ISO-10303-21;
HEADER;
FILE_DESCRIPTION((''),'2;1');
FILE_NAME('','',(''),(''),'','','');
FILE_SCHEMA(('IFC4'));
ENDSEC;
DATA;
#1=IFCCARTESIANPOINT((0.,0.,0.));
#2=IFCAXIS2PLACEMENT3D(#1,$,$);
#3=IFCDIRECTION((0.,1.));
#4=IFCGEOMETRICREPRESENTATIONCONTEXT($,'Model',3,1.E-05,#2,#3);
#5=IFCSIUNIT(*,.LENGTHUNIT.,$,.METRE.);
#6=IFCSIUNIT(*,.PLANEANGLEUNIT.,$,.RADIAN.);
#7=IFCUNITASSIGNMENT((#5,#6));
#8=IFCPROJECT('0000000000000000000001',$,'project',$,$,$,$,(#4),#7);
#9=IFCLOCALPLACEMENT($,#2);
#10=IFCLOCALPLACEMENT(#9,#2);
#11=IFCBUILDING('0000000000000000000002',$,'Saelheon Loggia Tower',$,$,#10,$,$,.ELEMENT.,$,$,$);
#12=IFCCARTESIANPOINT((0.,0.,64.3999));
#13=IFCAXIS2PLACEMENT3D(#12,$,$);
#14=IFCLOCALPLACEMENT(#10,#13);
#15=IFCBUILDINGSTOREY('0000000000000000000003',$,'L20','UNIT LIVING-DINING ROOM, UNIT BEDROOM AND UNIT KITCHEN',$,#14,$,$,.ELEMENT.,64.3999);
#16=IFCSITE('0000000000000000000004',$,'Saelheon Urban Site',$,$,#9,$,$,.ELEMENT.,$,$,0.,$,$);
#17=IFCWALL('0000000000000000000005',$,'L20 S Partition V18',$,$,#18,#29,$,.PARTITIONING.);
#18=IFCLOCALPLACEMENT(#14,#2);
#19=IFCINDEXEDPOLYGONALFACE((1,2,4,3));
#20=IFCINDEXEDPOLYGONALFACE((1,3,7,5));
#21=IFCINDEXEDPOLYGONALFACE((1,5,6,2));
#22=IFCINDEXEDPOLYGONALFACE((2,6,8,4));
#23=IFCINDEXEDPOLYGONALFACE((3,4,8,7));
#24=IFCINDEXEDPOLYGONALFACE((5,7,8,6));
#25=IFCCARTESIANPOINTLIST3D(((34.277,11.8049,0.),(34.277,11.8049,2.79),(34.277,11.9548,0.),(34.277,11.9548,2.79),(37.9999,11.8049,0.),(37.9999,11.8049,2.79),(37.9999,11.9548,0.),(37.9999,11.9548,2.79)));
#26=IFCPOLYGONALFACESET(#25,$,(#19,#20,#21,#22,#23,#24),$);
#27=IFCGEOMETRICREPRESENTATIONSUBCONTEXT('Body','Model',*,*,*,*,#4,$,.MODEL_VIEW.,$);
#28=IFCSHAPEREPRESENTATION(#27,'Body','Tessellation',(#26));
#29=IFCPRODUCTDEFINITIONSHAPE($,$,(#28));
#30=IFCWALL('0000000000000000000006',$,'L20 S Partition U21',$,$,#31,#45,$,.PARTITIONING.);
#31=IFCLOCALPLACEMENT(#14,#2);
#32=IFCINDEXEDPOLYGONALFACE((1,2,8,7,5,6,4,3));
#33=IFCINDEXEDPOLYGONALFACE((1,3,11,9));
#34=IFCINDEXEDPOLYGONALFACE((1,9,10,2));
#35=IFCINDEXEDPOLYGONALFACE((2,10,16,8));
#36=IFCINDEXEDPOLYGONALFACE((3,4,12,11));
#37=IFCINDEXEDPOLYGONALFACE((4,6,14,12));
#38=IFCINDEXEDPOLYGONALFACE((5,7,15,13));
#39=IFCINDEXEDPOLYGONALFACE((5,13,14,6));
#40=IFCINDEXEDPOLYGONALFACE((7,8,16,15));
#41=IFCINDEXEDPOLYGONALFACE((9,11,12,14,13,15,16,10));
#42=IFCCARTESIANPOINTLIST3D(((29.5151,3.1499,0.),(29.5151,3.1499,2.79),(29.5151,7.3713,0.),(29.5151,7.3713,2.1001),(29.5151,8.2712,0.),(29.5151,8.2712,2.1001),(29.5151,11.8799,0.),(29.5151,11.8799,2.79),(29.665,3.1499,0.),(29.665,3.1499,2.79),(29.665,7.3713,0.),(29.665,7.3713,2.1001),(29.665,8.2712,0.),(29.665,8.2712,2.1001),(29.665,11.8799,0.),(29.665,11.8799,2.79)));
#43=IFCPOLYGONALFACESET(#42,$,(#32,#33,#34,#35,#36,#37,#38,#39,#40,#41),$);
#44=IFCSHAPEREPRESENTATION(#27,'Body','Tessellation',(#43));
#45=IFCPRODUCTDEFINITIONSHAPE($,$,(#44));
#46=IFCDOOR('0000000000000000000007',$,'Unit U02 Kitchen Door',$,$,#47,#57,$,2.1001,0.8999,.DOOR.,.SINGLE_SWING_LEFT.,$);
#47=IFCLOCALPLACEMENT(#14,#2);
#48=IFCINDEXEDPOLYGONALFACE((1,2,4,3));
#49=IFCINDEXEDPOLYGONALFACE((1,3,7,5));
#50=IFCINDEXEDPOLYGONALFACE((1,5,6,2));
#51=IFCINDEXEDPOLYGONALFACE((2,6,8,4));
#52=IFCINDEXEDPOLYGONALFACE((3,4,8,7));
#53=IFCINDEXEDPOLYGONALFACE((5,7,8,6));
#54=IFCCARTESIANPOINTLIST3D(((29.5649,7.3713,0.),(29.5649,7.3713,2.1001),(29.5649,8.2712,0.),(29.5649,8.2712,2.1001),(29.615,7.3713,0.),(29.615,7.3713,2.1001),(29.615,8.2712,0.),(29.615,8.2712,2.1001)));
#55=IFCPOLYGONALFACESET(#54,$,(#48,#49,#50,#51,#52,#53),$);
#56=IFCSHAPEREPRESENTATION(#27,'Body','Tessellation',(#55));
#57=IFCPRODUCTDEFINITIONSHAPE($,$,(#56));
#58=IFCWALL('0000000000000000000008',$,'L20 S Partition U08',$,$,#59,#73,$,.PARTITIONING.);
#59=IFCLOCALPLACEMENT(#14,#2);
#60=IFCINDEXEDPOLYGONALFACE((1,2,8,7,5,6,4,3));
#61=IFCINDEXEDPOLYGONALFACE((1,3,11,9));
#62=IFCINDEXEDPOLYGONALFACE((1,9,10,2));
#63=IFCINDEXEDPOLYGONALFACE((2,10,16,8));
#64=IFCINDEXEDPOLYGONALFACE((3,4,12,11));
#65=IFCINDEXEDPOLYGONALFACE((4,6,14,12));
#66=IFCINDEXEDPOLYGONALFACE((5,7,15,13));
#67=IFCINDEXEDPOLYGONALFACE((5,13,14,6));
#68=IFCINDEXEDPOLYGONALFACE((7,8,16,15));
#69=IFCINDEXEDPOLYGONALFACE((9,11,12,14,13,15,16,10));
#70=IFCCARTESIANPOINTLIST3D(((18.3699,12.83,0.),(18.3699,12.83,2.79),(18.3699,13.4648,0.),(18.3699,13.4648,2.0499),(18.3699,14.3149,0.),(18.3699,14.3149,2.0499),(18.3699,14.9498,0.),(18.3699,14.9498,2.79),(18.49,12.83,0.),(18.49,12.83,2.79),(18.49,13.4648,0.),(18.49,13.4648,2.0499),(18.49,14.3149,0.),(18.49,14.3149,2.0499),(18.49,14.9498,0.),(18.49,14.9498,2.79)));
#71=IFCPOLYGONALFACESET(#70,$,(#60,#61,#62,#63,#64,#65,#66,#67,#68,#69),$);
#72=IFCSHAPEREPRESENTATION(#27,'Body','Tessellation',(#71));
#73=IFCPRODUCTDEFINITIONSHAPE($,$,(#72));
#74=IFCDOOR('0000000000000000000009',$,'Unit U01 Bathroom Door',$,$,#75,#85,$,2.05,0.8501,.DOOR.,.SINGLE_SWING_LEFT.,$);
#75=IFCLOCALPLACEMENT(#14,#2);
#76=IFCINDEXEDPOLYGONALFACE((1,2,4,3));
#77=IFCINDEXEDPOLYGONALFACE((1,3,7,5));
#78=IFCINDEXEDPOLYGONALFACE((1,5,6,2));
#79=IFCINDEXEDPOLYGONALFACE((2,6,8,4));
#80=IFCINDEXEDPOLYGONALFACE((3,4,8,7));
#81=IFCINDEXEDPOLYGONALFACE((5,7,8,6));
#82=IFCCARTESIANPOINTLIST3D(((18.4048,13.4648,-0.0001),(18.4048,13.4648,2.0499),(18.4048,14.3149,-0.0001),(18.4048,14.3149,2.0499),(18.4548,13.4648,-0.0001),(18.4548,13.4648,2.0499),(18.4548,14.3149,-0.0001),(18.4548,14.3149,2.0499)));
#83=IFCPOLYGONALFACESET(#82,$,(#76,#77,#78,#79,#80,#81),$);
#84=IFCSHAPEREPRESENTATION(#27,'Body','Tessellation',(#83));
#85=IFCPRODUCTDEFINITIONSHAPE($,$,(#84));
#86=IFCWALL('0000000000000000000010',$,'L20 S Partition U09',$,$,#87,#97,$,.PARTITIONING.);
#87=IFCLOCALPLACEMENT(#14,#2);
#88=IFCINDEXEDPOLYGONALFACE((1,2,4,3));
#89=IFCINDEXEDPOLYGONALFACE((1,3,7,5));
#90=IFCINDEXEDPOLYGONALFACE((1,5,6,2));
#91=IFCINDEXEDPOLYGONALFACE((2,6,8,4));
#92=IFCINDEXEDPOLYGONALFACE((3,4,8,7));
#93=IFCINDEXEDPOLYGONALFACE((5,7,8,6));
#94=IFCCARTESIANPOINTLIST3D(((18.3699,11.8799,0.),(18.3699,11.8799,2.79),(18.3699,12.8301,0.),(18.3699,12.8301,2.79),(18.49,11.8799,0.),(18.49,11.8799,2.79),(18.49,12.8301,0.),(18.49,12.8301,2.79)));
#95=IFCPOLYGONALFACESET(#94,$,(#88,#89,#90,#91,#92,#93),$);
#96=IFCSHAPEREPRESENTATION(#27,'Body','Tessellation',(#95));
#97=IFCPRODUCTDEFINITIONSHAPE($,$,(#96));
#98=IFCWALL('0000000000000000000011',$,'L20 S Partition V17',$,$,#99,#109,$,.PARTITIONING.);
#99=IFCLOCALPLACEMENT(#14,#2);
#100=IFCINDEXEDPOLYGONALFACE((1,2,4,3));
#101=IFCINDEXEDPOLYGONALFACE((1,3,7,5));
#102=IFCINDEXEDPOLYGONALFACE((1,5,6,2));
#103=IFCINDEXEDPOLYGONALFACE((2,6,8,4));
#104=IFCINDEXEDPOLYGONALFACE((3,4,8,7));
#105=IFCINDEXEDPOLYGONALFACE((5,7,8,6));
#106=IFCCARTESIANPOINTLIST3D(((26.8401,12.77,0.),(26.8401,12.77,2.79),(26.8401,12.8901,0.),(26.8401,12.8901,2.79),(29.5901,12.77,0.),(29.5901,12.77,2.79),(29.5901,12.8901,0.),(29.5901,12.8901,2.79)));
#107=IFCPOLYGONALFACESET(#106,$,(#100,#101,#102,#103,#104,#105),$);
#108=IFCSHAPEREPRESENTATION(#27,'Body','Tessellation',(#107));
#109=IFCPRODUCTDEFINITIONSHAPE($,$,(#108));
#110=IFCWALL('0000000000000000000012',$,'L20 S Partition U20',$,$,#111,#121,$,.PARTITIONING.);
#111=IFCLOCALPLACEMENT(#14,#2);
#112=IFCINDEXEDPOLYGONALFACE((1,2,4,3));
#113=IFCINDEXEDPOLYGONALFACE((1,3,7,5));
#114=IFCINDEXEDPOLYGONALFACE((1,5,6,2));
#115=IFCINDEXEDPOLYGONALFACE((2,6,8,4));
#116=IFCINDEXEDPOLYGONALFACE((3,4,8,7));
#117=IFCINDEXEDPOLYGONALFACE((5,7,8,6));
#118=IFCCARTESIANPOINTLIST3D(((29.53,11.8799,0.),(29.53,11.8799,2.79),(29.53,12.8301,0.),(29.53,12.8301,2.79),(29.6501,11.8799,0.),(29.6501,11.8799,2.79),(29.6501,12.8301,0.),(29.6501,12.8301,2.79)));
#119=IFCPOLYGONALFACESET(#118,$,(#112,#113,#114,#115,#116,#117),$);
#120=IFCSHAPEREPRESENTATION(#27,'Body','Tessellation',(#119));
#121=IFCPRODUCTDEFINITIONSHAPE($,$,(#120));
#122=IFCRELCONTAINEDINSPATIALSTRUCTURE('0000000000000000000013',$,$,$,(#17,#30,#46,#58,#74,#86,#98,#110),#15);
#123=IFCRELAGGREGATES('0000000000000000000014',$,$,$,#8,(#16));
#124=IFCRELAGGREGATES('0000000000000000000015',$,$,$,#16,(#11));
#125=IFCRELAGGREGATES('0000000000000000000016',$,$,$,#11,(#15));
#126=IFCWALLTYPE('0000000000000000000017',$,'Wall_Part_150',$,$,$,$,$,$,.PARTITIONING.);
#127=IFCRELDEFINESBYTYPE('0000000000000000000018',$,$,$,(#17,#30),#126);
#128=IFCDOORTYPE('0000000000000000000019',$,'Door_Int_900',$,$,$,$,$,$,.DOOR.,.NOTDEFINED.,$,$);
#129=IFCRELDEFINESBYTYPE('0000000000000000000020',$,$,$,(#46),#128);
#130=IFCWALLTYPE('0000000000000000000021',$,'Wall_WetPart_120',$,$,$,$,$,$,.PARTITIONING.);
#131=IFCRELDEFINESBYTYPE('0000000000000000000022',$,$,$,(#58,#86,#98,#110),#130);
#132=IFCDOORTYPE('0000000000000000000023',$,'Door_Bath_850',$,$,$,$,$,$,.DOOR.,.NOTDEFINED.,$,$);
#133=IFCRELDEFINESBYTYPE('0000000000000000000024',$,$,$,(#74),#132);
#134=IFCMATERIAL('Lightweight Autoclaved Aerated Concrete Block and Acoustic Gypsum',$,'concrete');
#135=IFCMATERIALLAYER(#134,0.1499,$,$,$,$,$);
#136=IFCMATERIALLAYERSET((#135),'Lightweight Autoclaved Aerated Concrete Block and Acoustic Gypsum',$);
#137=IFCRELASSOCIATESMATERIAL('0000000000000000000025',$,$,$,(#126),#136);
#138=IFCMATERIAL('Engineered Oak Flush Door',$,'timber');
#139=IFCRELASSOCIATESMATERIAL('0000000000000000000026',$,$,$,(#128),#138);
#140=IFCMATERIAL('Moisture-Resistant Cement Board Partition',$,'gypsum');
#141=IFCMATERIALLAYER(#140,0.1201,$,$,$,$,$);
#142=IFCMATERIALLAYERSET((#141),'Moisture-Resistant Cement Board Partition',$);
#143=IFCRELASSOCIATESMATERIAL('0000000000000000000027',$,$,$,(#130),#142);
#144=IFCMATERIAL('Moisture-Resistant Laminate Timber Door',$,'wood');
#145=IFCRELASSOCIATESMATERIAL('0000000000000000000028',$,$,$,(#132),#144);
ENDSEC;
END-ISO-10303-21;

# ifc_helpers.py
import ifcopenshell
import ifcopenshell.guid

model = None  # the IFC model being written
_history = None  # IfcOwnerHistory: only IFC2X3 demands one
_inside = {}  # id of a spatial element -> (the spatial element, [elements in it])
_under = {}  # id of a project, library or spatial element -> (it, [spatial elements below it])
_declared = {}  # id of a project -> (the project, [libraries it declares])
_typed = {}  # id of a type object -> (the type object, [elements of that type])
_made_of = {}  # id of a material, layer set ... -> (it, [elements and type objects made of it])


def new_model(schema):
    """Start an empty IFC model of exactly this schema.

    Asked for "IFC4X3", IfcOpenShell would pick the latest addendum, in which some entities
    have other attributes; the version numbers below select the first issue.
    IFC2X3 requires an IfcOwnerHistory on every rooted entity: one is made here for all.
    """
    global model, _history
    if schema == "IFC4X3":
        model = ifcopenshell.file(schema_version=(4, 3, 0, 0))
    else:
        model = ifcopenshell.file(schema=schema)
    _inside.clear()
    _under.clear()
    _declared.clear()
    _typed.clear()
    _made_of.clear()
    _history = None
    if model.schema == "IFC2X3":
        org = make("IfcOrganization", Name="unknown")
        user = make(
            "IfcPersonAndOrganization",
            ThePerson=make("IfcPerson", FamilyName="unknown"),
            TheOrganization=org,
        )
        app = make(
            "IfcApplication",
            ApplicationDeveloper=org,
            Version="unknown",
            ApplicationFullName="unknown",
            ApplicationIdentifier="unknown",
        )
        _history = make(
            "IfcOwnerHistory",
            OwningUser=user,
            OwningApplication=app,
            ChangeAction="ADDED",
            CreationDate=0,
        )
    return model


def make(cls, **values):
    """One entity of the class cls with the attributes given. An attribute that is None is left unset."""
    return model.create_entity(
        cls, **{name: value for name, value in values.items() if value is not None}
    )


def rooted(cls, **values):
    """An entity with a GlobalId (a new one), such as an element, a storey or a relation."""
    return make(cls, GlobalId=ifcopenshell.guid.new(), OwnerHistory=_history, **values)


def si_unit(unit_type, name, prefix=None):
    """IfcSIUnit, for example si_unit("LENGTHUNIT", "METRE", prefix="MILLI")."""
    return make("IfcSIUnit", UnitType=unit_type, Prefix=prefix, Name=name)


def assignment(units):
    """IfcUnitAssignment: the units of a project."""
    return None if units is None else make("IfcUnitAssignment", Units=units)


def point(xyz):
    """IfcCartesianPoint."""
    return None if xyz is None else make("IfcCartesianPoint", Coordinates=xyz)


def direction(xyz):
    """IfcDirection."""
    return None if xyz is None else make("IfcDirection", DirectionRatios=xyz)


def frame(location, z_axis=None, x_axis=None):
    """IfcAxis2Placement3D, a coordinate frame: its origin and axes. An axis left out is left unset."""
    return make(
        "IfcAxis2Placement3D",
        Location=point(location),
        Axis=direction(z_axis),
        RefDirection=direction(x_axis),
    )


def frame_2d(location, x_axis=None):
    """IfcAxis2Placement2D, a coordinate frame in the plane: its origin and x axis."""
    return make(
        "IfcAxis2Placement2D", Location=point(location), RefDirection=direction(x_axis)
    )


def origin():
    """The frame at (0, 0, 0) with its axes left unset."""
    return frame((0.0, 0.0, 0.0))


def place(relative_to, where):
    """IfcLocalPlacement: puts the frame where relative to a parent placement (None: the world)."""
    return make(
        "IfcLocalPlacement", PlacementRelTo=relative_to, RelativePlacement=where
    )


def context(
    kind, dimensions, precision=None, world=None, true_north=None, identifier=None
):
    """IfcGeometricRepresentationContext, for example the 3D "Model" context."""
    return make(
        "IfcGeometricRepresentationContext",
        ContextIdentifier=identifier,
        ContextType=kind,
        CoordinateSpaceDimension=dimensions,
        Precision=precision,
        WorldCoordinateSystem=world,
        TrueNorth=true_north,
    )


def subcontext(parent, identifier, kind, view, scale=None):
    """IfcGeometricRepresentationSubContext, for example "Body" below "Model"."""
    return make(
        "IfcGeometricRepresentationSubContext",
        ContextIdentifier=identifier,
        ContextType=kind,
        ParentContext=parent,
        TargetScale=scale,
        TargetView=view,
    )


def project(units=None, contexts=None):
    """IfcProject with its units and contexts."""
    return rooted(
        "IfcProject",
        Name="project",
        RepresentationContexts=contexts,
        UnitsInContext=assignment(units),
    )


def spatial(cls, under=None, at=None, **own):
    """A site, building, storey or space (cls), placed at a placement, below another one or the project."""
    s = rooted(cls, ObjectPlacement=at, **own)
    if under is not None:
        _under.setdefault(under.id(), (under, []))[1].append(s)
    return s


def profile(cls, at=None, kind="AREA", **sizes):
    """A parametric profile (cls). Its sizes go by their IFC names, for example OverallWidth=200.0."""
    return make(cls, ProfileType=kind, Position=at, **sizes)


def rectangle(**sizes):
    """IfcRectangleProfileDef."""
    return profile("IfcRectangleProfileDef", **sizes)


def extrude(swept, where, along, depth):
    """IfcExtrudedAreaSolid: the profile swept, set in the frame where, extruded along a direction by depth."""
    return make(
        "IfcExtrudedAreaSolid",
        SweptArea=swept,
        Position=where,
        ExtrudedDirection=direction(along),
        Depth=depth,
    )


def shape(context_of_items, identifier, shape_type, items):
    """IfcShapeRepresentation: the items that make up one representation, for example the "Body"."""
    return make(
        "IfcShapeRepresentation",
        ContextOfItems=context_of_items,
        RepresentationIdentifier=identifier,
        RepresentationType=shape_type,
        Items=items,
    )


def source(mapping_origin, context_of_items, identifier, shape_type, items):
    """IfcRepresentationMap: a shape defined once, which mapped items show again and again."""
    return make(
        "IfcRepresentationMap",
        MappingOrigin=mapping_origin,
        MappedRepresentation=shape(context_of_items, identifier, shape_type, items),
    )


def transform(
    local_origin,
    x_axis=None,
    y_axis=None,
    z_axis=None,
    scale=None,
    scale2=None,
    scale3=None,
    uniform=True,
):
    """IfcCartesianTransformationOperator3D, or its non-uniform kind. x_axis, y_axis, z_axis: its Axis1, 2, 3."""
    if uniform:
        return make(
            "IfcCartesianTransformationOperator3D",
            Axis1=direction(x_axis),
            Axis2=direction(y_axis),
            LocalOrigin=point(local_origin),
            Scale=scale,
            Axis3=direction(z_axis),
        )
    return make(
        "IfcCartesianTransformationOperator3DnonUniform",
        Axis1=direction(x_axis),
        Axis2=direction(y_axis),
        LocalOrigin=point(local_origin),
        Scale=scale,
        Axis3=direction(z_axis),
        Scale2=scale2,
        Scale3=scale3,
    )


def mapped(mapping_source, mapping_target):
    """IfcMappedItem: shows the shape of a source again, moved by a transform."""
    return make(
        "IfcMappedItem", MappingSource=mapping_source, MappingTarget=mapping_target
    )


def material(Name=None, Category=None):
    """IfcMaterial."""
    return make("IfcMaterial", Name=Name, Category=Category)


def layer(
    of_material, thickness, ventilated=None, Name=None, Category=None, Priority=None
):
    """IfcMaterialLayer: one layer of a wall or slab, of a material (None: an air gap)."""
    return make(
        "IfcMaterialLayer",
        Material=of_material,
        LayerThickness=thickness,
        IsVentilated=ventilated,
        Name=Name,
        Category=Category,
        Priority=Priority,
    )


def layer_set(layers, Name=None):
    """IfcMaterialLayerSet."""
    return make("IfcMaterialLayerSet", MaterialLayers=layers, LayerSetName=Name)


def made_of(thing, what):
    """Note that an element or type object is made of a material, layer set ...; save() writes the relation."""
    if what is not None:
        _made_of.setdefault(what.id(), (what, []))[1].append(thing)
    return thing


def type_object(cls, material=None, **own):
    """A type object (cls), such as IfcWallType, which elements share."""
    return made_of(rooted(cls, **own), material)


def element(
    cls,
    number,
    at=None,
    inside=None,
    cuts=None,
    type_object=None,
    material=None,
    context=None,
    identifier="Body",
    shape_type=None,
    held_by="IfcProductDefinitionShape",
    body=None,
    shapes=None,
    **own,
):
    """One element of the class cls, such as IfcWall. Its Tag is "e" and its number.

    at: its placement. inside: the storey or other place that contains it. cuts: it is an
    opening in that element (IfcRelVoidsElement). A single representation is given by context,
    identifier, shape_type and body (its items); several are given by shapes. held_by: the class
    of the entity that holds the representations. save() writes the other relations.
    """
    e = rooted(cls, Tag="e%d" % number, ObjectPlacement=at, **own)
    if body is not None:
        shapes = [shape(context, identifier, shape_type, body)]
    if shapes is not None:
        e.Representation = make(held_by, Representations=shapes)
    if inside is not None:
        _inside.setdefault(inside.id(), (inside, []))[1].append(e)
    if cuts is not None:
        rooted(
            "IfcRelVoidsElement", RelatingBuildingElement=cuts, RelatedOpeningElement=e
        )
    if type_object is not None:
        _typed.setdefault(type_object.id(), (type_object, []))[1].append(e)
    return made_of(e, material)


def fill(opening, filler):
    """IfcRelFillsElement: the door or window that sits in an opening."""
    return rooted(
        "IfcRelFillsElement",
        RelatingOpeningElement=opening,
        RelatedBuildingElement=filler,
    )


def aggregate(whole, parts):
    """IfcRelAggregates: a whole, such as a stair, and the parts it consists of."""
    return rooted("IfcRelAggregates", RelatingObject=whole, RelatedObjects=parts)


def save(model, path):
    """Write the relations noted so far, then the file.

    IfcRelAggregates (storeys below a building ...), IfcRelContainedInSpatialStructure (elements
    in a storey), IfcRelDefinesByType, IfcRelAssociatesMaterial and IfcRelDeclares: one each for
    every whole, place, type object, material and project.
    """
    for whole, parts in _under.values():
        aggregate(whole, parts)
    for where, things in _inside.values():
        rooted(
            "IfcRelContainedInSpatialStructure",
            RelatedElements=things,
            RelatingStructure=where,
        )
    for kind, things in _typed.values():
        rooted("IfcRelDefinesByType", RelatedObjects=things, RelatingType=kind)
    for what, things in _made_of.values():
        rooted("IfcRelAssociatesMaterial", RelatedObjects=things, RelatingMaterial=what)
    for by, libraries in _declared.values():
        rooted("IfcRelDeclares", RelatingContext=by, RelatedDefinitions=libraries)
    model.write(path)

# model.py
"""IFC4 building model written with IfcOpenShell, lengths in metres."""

from ifc_helpers import new_model, si_unit, direction, frame, frame_2d, origin, place, context, subcontext, project, spatial, rectangle, extrude, source, transform, mapped, material, layer, layer_set, type_object, element, fill, save


model = new_model("IFC4")

# Units and contexts
model_context = context("Model", 3, precision=1e-05, world=origin(), true_north=direction((0.0, 1.0)))
body_context = subcontext(model_context, "Body", "Model", "MODEL_VIEW")
ifc_project = project(units=[si_unit("LENGTHUNIT", "METRE"), si_unit("PLANEANGLEUNIT", "RADIAN")], contexts=[model_context])

# Site, building, storey
site_placement = place(None, origin())
site = spatial("IfcSite", under=ifc_project, at=site_placement, Name="Saelheon Urban Site", CompositionType="ELEMENT", RefElevation=0.0)
building_placement = place(site_placement, origin())
building = spatial("IfcBuilding", under=site, at=building_placement, Name="Saelheon Loggia Tower", CompositionType="ELEMENT")
storey_placement = place(building_placement, frame((0.0, 0.0, 64.3999)))
storey = spatial("IfcBuildingStorey", under=building, at=storey_placement, Name="L20", Description="UNIT LIVING-DINING ROOM, UNIT BEDROOM AND UNIT KITCHEN", CompositionType="ELEMENT", Elevation=64.3999)

# Shared definitions
ifc_material_1 = material(Name="Lightweight Autoclaved Aerated Concrete Block and Acoustic Gypsum", Category="concrete")
ifc_layer_1 = layer(ifc_material_1, 0.1499)
ifc_layer_set_1 = layer_set([ifc_layer_1], Name="Lightweight Autoclaved Aerated Concrete Block and Acoustic Gypsum")
wall_type_1 = type_object("IfcWallType", Name="Wall_Part_150", PredefinedType="PARTITIONING", material=ifc_layer_set_1)

# Shared definitions
ifc_material_2 = material(Name="Engineered Oak Flush Door", Category="timber")
door_type_1 = type_object("IfcDoorType", Name="Door_Int_900", OperationType="NOTDEFINED", PredefinedType="DOOR", material=ifc_material_2)
shared_shape_1 = source(origin(), body_context, "Body", "SweptSolid", [
    extrude(rectangle(XDim=0.8999, YDim=2.1001, at=frame_2d((0.45, 1.05))), frame((0.0, 0.0249, 0.0), z_axis=(0.0, -1.0, 0.0), x_axis=(1.0, 0.0, 0.0)), (0.0, 0.0, 1.0), 0.05),
])

# Wall
wall_1_placement = place(storey_placement, frame((34.2771, 11.8799, 0.0), z_axis=(0.0, 0.0, 1.0), x_axis=(1.0, 0.0, 0.0)))
element("IfcWall", 1, at=wall_1_placement, inside=storey, type_object=wall_type_1, Name="L20 S Partition V18", PredefinedType="PARTITIONING", context=body_context, shape_type="SweptSolid", body=[
    extrude(rectangle(XDim=3.7229, YDim=0.1499, at=frame_2d((1.8613, 0.0))), origin(), (0.0, 0.0, 1.0), 2.79),
])

# Walls, openings, doors
wall_2_placement = place(storey_placement, frame((29.5901, 11.8799, 0.0), z_axis=(0.0, 0.0, 1.0), x_axis=(0.0, -1.0, 0.0)))
wall_2 = element("IfcWall", 2, at=wall_2_placement, inside=storey, type_object=wall_type_1, Name="L20 S Partition U21", PredefinedType="PARTITIONING", context=body_context, shape_type="SweptSolid", body=[
    extrude(rectangle(XDim=8.73, YDim=0.1499, at=frame_2d((4.365, 0.0))), origin(), (0.0, 0.0, 1.0), 2.79),
])
opening_1_placement = place(wall_2_placement, frame((3.6086, 0.0, 0.0)))
opening_1 = element("IfcOpeningElement", 3, at=opening_1_placement, cuts=wall_2, PredefinedType="OPENING", context=body_context, shape_type="SweptSolid", body=[
    extrude(rectangle(XDim=0.8999, YDim=2.1001, at=frame_2d((0.45, 1.05))), frame((0.0, 0.0869, 0.0), z_axis=(0.0, -1.0, 0.0), x_axis=(1.0, 0.0, 0.0)), (0.0, 0.0, 1.0), 0.1738),
])
door_1_placement = place(opening_1_placement, origin())
door_1 = element("IfcDoor", 4, at=door_1_placement, inside=storey, type_object=door_type_1, Name="Unit U02 Kitchen Door", OperationType="SINGLE_SWING_LEFT", OverallHeight=2.1001, OverallWidth=0.8999, PredefinedType="DOOR", context=body_context, shape_type="MappedRepresentation", body=[
    mapped(shared_shape_1, transform((0.0, 0.0, 0.0), scale=1.0)),
])
fill(opening_1, door_1)
ifc_material_3 = material(Name="Moisture-Resistant Cement Board Partition", Category="gypsum")
ifc_layer_2 = layer(ifc_material_3, 0.1201)
ifc_layer_set_2 = layer_set([ifc_layer_2], Name="Moisture-Resistant Cement Board Partition")
wall_type_2 = type_object("IfcWallType", Name="Wall_WetPart_120", PredefinedType="PARTITIONING", material=ifc_layer_set_2)
wall_3_placement = place(storey_placement, frame((18.4299, 14.95, 0.0), z_axis=(0.0, 0.0, 1.0), x_axis=(0.0, -1.0, 0.0)))
wall_3 = element("IfcWall", 5, at=wall_3_placement, inside=storey, type_object=wall_type_2, Name="L20 S Partition U08", PredefinedType="PARTITIONING", context=body_context, shape_type="SweptSolid", body=[
    extrude(rectangle(XDim=2.1199, YDim=0.1201, at=frame_2d((1.0601, 0.0))), origin(), (0.0, 0.0, 1.0), 2.79),
])
opening_2_placement = place(wall_3_placement, frame((0.635, 0.0, 0.0)))
opening_2 = element("IfcOpeningElement", 6, at=opening_2_placement, cuts=wall_3, PredefinedType="OPENING", context=body_context, shape_type="SweptSolid", body=[
    extrude(rectangle(XDim=0.8501, YDim=2.05, at=frame_2d((0.425, 1.0249))), frame((0.0, 0.072, 0.0), z_axis=(0.0, -1.0, 0.0), x_axis=(1.0, 0.0, 0.0)), (0.0, 0.0, 1.0), 0.144),
])
ifc_material_4 = material(Name="Moisture-Resistant Laminate Timber Door", Category="wood")
door_type_2 = type_object("IfcDoorType", Name="Door_Bath_850", OperationType="NOTDEFINED", PredefinedType="DOOR", material=ifc_material_4)
shared_shape_2 = source(origin(), body_context, "Body", "SweptSolid", [
    extrude(rectangle(XDim=0.8501, YDim=2.05, at=frame_2d((0.425, 1.0249))), frame((0.0, 0.0249, 0.0), z_axis=(0.0, -1.0, 0.0), x_axis=(1.0, 0.0, 0.0)), (0.0, 0.0, 1.0), 0.05),
])
door_2_placement = place(opening_2_placement, origin())
door_2 = element("IfcDoor", 7, at=door_2_placement, inside=storey, type_object=door_type_2, Name="Unit U01 Bathroom Door", OperationType="SINGLE_SWING_LEFT", OverallHeight=2.05, OverallWidth=0.8501, PredefinedType="DOOR", context=body_context, shape_type="MappedRepresentation", body=[
    mapped(shared_shape_2, transform((0.0, 0.0, 0.0), scale=1.0)),
])
fill(opening_2, door_2)

# Walls
wall_4_placement = place(storey_placement, frame((18.4299, 12.8301, 0.0), z_axis=(0.0, 0.0, 1.0), x_axis=(0.0, -1.0, 0.0)))
element("IfcWall", 8, at=wall_4_placement, inside=storey, type_object=wall_type_2, Name="L20 S Partition U09", PredefinedType="PARTITIONING", context=body_context, shape_type="SweptSolid", body=[
    extrude(rectangle(XDim=0.9502, YDim=0.1201, at=frame_2d((0.4751, 0.0))), origin(), (0.0, 0.0, 1.0), 2.79),
])
wall_5_placement = place(storey_placement, frame((26.8401, 12.8301, 0.0), z_axis=(0.0, 0.0, 1.0), x_axis=(1.0, 0.0, 0.0)))
element("IfcWall", 9, at=wall_5_placement, inside=storey, type_object=wall_type_2, Name="L20 S Partition V17", PredefinedType="PARTITIONING", context=body_context, shape_type="SweptSolid", body=[
    extrude(rectangle(XDim=2.75, YDim=0.1201, at=frame_2d((1.375, 0.0))), origin(), (0.0, 0.0, 1.0), 2.79),
])
wall_6_placement = place(storey_placement, frame((29.5901, 12.8301, 0.0), z_axis=(0.0, 0.0, 1.0), x_axis=(0.0, -1.0, 0.0)))
element("IfcWall", 10, at=wall_6_placement, inside=storey, type_object=wall_type_2, Name="L20 S Partition U20", PredefinedType="PARTITIONING", context=body_context, shape_type="SweptSolid", body=[
    extrude(rectangle(XDim=0.9502, YDim=0.1201, at=frame_2d((0.4751, 0.0))), origin(), (0.0, 0.0, 1.0), 2.79),
])

save(model, "model.ifc")
